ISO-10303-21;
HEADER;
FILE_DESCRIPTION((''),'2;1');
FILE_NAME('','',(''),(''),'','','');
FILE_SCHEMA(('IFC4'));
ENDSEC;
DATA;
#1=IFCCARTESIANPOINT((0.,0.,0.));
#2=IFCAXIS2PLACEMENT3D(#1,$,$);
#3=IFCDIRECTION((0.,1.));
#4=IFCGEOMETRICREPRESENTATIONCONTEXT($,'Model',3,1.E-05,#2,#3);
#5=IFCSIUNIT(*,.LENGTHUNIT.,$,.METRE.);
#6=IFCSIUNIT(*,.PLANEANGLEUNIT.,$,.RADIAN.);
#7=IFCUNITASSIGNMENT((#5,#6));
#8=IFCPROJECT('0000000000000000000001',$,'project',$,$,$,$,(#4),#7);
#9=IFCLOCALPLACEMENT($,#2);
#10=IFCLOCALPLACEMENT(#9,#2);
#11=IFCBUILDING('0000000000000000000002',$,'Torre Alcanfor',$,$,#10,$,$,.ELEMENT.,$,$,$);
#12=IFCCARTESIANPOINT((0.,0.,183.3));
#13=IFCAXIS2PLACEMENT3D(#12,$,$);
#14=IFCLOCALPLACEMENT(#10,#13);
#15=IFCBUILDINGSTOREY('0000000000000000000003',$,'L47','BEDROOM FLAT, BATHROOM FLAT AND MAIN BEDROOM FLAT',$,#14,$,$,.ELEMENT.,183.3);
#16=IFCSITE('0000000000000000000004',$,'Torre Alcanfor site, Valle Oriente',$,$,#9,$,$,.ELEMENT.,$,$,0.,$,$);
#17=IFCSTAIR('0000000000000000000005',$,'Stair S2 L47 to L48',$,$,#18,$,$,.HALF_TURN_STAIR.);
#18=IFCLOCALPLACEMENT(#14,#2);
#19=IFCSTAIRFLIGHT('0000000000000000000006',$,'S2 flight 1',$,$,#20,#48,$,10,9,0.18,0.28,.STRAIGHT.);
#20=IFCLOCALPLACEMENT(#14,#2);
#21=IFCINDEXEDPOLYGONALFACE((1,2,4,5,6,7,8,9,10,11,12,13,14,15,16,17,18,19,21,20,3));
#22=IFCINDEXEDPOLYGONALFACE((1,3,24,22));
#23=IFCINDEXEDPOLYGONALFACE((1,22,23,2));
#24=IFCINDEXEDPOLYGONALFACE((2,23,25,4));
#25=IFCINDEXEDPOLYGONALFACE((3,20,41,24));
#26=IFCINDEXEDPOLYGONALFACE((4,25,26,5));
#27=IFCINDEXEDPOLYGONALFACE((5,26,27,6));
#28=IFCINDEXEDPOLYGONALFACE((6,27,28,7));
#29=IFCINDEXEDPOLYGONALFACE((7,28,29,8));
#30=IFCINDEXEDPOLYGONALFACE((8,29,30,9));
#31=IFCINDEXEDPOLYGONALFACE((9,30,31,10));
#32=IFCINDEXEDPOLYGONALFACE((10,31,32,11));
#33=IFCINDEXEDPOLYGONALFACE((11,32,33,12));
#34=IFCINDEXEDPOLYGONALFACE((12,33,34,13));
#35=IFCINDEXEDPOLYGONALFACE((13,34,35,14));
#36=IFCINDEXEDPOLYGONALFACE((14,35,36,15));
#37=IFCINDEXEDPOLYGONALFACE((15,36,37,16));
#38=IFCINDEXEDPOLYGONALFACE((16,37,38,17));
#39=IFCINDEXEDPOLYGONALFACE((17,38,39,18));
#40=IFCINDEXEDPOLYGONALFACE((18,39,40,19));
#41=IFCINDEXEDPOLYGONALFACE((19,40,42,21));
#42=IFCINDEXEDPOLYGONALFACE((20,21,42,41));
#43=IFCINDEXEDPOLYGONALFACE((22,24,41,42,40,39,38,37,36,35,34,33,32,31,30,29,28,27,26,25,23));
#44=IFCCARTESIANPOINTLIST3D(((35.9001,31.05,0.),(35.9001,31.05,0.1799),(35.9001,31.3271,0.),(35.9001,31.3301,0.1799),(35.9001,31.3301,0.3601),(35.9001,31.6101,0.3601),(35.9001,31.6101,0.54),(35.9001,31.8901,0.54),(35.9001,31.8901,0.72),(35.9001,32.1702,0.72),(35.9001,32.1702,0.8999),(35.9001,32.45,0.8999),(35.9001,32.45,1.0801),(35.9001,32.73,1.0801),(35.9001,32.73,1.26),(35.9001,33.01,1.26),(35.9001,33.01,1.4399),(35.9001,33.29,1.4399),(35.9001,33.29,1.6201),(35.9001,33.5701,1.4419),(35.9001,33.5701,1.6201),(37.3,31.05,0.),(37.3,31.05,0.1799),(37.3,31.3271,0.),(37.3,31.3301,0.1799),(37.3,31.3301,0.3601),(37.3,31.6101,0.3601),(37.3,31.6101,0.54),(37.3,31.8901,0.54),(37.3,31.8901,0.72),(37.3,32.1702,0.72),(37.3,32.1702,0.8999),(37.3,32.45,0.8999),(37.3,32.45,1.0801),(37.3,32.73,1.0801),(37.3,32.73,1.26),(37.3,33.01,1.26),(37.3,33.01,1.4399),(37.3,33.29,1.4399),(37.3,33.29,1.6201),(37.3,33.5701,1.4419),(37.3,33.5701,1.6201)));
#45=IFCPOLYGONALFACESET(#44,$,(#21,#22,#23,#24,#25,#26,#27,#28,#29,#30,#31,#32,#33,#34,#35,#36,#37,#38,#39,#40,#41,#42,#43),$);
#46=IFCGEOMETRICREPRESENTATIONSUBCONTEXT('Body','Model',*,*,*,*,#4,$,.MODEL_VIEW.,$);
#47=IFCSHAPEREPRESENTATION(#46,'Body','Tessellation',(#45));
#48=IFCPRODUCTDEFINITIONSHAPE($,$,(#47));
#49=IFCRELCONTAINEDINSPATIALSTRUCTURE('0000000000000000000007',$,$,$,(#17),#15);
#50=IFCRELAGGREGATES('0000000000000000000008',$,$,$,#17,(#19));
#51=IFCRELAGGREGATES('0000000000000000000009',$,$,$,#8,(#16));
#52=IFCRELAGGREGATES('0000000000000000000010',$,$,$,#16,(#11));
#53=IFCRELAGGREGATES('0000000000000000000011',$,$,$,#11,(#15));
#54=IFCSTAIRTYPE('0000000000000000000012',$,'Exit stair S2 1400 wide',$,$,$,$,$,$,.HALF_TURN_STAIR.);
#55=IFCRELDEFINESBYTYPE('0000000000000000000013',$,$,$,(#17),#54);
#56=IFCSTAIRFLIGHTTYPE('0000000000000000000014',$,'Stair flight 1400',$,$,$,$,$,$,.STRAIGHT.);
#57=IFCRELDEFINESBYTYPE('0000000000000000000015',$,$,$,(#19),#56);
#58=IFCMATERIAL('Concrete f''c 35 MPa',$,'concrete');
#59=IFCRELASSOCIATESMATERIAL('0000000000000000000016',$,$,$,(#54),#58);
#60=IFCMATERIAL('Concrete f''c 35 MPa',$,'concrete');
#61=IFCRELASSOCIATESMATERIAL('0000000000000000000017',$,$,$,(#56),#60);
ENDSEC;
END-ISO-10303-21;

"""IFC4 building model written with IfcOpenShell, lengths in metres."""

from ifc_helpers import new_model, si_unit, direction, frame, origin, place, context, subcontext, project, spatial, polyline, outline, extrude, material, type_object, element, aggregate, save


model = new_model("IFC4")

# Units and contexts
model_context = context("Model", 3, precision=1e-05, world=origin(), true_north=direction((0.0, 1.0)))
body_context = subcontext(model_context, "Body", "Model", "MODEL_VIEW")
ifc_project = project(units=[si_unit("LENGTHUNIT", "METRE"), si_unit("PLANEANGLEUNIT", "RADIAN")], contexts=[model_context])

# Site, building, storey
site_placement = place(None, origin())
site = spatial("IfcSite", under=ifc_project, at=site_placement, Name="Torre Alcanfor site, Valle Oriente", CompositionType="ELEMENT", RefElevation=0.0)
building_placement = place(site_placement, origin())
building = spatial("IfcBuilding", under=site, at=building_placement, Name="Torre Alcanfor", CompositionType="ELEMENT")
storey_placement = place(building_placement, frame((0.0, 0.0, 183.3)))
storey = spatial("IfcBuildingStorey", under=building, at=storey_placement, Name="L47", Description="BEDROOM FLAT, BATHROOM FLAT AND MAIN BEDROOM FLAT", CompositionType="ELEMENT", Elevation=183.3)

# Stair, stair flight
ifc_material_1 = material(Name="Concrete f'c 35 MPa", Category="concrete")
stair_type = type_object("IfcStairType", Name="Exit stair S2 1400 wide", PredefinedType="HALF_TURN_STAIR", material=ifc_material_1)
stair_placement = place(storey_placement, origin())
stair = element("IfcStair", 1, at=stair_placement, inside=storey, type_object=stair_type, Name="Stair S2 L47 to L48", PredefinedType="HALF_TURN_STAIR")
ifc_material_2 = material(Name="Concrete f'c 35 MPa", Category="concrete")
stair_flight_type = type_object("IfcStairFlightType", Name="Stair flight 1400", PredefinedType="STRAIGHT", material=ifc_material_2)
stair_flight_placement = place(storey_placement, frame((36.6001, 31.05, 0.0), z_axis=(0.0, 0.0, 1.0), x_axis=(0.0, 1.0, 0.0)))
stair_flight = element("IfcStairFlight", 2, at=stair_flight_placement, type_object=stair_flight_type, Name="S2 flight 1", NumberOfRisers=10, NumberOfTreads=9, PredefinedType="STRAIGHT", RiserHeight=0.18, TreadLength=0.28, context=body_context, shape_type="SweptSolid", body=[
    extrude(outline(polyline([(0.0, 0.0), (0.0, 0.1799), (0.28, 0.1799), (0.28, 0.3601), (0.5601, 0.3601), (0.5601, 0.54), (0.8401, 0.54), (0.8401, 0.72), (1.1201, 0.72), (1.1201, 0.8999), (1.3999, 0.8999), (1.3999, 1.0801), (1.6799, 1.0801), (1.6799, 1.26), (1.96, 1.26), (1.96, 1.4399), (2.24, 1.4399), (2.24, 1.6201), (2.52, 1.6201), (2.52, 1.8), (2.52, 1.4419), (0.2771, 0.0), (0.0, 0.0)])), frame((0.0, 0.7, 0.0), z_axis=(0.0, -1.0, 0.0), x_axis=(1.0, 0.0, 0.0)), (0.0, 0.0, 1.0), 1.3999),
])
aggregate(stair, [stair_flight])

save(model, "model.ifc")
